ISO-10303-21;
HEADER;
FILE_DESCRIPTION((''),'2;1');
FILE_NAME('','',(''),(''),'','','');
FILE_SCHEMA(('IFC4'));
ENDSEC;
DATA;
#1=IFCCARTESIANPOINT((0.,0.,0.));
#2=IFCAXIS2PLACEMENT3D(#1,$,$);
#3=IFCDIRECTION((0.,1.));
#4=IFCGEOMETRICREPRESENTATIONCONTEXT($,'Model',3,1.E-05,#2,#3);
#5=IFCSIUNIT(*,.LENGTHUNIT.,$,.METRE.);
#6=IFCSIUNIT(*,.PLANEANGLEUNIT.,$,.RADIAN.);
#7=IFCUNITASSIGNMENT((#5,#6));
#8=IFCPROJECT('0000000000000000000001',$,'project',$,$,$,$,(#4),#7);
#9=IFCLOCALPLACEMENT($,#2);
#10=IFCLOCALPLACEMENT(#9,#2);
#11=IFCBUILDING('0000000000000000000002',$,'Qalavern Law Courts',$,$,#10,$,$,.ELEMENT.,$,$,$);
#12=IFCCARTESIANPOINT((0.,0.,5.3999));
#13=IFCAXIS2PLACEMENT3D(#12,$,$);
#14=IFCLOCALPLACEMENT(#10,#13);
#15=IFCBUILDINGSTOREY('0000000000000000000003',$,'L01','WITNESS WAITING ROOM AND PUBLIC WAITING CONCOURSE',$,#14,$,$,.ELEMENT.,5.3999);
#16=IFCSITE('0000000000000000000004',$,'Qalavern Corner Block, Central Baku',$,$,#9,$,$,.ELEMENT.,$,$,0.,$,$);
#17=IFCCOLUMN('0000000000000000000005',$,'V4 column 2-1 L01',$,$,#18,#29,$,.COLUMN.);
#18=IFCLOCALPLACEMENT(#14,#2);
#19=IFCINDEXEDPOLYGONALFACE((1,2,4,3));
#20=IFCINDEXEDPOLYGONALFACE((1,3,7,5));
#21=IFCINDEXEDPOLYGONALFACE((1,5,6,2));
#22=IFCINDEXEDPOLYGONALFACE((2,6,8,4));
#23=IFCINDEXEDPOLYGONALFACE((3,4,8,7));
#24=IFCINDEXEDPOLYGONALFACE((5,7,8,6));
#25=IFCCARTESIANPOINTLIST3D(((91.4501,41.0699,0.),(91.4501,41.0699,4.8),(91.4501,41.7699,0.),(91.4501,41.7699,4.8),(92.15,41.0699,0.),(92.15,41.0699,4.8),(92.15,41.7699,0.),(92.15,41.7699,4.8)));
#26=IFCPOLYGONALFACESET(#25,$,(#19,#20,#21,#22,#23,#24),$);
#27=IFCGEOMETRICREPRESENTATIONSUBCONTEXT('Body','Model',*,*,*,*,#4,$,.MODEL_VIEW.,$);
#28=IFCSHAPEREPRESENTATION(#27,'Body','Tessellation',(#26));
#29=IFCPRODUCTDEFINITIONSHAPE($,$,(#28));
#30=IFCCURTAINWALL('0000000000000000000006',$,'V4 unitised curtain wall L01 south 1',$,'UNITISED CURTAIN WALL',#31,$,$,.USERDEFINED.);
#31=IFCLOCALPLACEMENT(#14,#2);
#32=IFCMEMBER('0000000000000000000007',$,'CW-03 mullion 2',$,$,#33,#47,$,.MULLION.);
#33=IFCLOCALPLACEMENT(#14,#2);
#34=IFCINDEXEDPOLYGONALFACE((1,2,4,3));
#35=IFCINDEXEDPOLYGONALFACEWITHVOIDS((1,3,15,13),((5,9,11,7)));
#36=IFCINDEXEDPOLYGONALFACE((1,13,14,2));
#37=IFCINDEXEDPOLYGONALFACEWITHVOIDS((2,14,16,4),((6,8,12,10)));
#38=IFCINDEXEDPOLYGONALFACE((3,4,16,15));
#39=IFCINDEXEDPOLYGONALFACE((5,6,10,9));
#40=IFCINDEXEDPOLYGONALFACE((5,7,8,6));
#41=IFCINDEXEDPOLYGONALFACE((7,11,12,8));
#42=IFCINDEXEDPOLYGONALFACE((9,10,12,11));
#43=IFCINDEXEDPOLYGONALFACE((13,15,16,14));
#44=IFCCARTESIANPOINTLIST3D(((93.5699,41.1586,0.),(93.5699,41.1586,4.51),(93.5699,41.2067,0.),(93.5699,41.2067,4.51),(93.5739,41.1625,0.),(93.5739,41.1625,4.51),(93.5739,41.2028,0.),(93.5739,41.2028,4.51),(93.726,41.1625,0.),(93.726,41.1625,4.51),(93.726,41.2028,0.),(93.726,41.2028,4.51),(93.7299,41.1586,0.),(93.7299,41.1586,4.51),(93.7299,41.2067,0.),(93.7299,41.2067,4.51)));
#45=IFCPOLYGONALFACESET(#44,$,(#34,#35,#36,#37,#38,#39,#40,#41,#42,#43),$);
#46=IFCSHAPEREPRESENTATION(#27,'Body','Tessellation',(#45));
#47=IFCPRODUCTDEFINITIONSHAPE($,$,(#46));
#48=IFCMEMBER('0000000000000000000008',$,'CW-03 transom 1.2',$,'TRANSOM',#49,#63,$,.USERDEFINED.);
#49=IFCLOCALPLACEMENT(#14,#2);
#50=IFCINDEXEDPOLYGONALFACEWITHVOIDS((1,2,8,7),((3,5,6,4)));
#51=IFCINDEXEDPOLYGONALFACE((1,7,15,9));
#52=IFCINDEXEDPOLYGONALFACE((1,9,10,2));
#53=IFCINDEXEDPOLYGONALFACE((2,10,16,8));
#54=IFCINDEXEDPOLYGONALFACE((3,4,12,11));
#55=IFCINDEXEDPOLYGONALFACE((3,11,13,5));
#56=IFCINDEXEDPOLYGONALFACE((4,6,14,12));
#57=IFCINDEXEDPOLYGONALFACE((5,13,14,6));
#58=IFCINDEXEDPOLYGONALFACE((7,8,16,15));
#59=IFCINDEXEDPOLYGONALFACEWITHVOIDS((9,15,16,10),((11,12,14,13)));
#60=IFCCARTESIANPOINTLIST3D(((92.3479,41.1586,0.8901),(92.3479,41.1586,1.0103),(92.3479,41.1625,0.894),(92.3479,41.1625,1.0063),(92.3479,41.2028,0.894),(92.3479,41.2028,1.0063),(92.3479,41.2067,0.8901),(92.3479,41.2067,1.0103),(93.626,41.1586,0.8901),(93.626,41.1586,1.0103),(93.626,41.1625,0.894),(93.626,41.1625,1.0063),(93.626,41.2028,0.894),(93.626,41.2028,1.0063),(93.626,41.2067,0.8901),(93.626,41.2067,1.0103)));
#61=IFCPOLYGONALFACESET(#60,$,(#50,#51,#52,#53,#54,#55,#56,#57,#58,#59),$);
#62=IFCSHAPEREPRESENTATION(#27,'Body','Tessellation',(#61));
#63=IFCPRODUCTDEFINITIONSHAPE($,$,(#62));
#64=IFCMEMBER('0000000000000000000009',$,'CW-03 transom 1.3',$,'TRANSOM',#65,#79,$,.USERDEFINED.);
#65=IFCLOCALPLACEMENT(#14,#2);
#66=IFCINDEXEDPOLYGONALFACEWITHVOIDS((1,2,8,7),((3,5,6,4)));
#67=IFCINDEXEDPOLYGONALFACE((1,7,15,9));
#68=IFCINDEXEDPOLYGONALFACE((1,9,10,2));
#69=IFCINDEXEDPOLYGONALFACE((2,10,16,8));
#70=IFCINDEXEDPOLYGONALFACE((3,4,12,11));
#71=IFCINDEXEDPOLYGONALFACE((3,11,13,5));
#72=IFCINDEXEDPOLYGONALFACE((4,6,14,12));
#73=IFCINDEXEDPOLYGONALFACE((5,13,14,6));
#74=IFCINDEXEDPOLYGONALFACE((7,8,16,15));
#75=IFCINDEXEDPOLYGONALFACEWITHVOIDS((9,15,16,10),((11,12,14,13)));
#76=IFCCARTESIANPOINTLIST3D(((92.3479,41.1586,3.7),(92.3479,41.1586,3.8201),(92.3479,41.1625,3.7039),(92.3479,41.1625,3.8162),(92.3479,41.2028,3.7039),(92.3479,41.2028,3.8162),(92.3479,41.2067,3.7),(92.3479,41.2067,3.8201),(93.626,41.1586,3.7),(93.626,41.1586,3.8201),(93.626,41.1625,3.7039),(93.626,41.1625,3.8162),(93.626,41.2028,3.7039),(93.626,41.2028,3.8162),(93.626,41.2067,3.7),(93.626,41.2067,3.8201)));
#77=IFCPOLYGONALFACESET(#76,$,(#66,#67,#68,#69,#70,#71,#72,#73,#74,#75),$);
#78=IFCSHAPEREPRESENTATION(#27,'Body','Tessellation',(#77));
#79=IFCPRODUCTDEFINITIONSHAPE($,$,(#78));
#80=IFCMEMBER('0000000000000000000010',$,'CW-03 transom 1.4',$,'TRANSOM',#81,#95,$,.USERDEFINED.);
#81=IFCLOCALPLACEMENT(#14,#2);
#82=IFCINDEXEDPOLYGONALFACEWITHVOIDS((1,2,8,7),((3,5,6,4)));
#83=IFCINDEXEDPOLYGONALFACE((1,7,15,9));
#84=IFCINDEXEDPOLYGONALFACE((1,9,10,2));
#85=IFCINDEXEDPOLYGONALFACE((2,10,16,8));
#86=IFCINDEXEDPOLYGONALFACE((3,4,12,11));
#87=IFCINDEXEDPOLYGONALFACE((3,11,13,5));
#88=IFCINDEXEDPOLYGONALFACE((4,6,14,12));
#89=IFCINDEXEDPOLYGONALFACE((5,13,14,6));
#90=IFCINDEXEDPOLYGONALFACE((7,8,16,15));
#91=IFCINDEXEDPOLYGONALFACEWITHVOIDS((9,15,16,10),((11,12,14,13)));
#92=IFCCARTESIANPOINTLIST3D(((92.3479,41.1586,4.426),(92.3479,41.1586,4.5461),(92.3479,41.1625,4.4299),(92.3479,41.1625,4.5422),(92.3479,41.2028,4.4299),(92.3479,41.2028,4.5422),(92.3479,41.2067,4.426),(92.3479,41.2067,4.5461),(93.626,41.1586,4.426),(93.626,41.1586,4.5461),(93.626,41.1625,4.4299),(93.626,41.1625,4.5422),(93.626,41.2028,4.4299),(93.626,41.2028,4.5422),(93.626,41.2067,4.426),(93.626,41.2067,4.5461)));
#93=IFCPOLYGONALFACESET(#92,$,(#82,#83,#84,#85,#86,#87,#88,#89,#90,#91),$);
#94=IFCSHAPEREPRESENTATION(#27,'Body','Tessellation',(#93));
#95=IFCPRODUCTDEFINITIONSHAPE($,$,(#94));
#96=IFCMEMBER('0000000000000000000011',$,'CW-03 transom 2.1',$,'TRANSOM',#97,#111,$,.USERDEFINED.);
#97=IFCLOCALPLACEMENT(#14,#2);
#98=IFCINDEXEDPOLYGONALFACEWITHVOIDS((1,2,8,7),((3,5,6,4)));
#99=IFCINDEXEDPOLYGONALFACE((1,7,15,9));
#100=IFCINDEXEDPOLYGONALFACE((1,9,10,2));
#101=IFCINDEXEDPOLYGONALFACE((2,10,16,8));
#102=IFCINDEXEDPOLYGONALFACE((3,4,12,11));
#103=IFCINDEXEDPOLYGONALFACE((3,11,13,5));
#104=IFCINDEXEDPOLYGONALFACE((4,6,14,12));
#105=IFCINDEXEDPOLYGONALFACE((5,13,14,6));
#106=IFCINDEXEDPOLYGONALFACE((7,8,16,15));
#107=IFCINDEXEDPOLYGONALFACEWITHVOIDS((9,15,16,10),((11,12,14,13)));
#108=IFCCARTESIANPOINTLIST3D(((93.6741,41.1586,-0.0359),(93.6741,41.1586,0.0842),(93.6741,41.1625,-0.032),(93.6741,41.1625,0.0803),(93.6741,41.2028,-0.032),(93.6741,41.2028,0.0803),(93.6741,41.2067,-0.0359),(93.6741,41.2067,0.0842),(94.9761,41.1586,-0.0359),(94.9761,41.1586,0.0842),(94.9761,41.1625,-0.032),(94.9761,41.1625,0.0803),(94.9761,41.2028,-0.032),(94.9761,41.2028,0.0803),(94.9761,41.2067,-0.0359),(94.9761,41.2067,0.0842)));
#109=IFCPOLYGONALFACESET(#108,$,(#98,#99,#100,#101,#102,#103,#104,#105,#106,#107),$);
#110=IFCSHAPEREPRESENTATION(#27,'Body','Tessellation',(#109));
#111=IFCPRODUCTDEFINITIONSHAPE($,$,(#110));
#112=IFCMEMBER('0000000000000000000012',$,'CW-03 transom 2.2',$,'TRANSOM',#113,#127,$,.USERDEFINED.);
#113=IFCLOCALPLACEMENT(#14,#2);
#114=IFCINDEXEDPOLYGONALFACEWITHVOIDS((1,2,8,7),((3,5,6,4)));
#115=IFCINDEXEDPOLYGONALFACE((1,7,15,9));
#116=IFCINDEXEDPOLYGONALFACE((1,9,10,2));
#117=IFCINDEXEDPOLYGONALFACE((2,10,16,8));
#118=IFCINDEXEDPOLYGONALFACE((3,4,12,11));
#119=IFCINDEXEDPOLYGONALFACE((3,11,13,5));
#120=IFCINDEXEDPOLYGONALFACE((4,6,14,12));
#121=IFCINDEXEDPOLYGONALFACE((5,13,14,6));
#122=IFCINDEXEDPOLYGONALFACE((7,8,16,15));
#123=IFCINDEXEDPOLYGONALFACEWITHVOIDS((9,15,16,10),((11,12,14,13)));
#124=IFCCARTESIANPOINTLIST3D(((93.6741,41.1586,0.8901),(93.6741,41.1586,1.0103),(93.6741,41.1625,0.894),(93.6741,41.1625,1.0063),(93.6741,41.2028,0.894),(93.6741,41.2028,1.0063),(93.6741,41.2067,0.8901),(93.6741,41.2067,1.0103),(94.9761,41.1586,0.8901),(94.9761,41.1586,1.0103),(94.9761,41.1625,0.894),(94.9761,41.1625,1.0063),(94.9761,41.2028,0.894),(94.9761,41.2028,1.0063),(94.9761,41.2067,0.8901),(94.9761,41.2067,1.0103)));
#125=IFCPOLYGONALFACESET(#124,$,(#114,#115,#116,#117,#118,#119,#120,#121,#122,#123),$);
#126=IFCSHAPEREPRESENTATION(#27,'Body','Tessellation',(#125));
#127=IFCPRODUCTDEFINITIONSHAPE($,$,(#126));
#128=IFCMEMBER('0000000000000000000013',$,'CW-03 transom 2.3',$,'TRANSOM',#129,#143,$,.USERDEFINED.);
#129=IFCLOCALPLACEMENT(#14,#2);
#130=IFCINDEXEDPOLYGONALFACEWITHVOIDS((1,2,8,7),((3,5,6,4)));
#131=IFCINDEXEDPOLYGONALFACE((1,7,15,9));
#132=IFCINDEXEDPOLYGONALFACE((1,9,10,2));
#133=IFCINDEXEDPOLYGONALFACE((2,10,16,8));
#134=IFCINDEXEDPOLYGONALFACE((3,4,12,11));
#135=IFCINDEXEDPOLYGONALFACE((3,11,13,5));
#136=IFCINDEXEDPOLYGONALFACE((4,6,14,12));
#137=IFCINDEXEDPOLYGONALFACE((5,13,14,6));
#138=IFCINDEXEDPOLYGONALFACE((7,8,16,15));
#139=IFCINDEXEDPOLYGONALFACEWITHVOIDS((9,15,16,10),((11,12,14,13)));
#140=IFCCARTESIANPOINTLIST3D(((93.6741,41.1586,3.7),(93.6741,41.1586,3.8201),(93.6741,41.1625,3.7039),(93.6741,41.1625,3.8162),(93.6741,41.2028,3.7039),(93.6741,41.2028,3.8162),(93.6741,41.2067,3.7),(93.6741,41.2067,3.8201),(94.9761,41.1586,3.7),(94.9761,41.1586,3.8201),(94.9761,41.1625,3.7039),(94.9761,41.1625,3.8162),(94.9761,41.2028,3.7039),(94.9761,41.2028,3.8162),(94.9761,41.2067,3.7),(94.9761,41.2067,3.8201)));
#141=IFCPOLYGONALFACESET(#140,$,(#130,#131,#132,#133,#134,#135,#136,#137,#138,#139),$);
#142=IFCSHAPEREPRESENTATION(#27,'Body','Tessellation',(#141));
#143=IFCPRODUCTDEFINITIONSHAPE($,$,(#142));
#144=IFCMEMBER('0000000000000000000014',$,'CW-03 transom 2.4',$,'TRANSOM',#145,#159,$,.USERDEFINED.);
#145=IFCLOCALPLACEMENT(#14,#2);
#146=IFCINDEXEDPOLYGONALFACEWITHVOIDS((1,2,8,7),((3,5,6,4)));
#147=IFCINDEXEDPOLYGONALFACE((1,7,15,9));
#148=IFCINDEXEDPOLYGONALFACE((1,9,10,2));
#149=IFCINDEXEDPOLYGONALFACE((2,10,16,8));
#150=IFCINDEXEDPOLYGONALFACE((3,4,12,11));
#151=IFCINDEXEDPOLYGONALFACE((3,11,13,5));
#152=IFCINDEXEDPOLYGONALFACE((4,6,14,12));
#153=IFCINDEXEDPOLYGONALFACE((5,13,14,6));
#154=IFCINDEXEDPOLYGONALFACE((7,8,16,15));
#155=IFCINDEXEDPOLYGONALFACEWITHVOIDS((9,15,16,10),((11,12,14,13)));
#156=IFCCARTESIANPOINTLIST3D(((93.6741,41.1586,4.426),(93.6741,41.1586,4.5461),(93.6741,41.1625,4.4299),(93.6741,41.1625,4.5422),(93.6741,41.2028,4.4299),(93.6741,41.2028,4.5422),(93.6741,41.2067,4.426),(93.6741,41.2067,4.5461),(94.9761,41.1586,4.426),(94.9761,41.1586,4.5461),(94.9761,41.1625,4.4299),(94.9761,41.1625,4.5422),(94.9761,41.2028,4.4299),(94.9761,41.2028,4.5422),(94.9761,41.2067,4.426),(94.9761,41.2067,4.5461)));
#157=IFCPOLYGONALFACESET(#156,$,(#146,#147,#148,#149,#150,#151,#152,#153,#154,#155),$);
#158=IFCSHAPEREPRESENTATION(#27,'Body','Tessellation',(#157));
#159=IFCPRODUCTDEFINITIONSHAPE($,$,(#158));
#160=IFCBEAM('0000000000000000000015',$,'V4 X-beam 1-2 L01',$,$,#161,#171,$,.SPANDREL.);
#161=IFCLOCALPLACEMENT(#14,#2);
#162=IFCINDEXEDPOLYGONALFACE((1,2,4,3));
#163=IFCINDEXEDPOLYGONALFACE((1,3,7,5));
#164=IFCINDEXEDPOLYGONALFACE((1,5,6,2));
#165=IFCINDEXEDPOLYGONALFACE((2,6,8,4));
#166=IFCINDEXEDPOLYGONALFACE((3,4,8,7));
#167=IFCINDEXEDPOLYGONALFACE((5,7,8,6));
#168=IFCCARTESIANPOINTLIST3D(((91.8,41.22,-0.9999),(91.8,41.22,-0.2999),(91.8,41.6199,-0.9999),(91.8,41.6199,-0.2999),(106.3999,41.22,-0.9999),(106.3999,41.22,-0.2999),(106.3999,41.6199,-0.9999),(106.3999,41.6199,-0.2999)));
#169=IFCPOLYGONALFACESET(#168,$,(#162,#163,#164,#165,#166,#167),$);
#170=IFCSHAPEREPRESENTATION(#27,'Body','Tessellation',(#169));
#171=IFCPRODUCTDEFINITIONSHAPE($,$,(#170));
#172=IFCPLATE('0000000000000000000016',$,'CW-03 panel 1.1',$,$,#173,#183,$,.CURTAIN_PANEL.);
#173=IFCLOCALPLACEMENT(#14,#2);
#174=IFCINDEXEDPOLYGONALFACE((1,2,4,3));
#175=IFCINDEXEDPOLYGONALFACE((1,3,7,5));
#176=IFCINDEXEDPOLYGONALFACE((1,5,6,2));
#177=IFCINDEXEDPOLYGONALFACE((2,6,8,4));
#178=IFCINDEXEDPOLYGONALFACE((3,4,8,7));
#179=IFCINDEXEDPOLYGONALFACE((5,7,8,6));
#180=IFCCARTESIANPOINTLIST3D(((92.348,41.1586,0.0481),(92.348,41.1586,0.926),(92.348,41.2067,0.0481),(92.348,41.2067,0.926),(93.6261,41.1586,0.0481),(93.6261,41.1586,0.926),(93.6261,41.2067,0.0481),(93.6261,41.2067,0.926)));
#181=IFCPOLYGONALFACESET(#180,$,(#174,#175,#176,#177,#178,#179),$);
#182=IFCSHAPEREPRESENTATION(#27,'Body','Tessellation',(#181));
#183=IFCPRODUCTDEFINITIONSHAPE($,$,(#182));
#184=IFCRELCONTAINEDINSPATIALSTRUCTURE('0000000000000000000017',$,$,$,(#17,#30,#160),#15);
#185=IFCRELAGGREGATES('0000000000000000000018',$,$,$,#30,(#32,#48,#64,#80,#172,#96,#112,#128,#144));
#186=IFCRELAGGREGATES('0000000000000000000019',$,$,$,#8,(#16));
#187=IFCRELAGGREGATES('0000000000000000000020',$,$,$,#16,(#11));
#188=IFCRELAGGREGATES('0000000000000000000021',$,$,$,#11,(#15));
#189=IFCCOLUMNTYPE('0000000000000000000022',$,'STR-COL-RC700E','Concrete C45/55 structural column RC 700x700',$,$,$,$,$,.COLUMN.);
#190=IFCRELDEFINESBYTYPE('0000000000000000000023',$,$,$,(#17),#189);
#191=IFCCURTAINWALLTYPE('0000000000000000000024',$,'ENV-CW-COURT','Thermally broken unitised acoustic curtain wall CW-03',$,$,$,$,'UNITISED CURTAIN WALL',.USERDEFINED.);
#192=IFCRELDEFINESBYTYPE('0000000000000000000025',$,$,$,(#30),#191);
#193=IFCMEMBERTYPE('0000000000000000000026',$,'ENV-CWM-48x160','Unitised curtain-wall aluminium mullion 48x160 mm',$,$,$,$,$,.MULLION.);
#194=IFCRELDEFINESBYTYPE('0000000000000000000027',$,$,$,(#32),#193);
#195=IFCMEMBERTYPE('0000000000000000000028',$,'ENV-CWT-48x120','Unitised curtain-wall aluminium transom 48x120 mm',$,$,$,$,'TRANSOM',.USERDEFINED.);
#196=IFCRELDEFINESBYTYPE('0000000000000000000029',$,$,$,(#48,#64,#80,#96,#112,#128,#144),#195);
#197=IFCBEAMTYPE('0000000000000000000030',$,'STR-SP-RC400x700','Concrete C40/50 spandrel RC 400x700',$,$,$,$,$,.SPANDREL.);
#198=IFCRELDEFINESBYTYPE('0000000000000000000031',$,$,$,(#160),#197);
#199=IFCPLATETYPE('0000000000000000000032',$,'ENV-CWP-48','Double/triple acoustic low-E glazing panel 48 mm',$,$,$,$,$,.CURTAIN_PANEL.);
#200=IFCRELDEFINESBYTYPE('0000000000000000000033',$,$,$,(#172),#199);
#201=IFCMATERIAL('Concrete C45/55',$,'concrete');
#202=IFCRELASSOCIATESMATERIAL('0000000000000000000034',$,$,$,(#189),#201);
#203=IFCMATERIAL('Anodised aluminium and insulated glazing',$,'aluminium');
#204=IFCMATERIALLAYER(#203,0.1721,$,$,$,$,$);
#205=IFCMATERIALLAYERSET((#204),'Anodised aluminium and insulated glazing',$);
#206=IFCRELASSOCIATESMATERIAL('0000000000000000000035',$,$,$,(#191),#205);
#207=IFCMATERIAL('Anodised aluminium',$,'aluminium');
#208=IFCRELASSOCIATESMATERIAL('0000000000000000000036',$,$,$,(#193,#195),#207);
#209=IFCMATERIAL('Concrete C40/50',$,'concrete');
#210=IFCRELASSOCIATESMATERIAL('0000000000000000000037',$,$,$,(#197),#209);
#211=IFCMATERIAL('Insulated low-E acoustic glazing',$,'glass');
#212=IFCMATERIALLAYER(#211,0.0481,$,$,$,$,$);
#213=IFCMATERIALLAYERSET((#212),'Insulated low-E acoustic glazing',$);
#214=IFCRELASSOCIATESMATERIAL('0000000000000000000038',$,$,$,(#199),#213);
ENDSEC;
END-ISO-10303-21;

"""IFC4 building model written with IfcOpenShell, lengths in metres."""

from ifc_helpers import new_model, si_unit, direction, frame, origin, origin_2d, place, context, subcontext, project, spatial, rectangle, hollow_rectangle, extrude, material, layer, layer_set, material_profile, profile_set, type_object, element, aggregate, save


model = new_model("IFC4")

# Units and contexts
model_context = context("Model", 3, precision=1e-05, world=origin(), true_north=direction((0.0, 1.0)))
body_context = subcontext(model_context, "Body", "Model", "MODEL_VIEW")
ifc_project = project(units=[si_unit("LENGTHUNIT", "METRE"), si_unit("PLANEANGLEUNIT", "RADIAN")], contexts=[model_context])

# Site, building, storey
site_placement = place(None, origin())
site = spatial("IfcSite", under=ifc_project, at=site_placement, Name="Qalavern Corner Block, Central Baku", CompositionType="ELEMENT", RefElevation=0.0)
building_placement = place(site_placement, origin())
building = spatial("IfcBuilding", under=site, at=building_placement, Name="Qalavern Law Courts", CompositionType="ELEMENT")
storey_placement = place(building_placement, frame((0.0, 0.0, 5.3999)))
storey = spatial("IfcBuildingStorey", under=building, at=storey_placement, Name="L01", Description="WITNESS WAITING ROOM AND PUBLIC WAITING CONCOURSE", CompositionType="ELEMENT", Elevation=5.3999)

# Column
ifc_material_1 = material(Name="Concrete C45/55", Category="concrete")
ifc_material_profile_1 = material_profile(ifc_material_1, rectangle(XDim=0.7, YDim=0.7, at=origin_2d()), Name="RC 700x700")
ifc_profile_set_1 = profile_set([ifc_material_profile_1], Name="Concrete C45/55")
column_type = type_object("IfcColumnType", Name="STR-COL-RC700E", Description="Concrete C45/55 structural column RC 700x700", PredefinedType="COLUMN", material=ifc_profile_set_1)
column_placement = place(storey_placement, frame((91.8, 41.4199, 0.0), z_axis=(0.0, 0.0, 1.0), x_axis=(1.0, 0.0, 0.0)))
element("IfcColumn", 1, at=column_placement, inside=storey, type_object=column_type, Name="V4 column 2-1 L01", PredefinedType="COLUMN", context=body_context, shape_type="SweptSolid", body=[
    extrude(rectangle(XDim=0.7, YDim=0.7, at=origin_2d()), origin(), (0.0, 0.0, 1.0), 4.8),
])

# Curtain wall, members
ifc_material_2 = material(Name="Anodised aluminium and insulated glazing", Category="aluminium")
ifc_layer_1 = layer(ifc_material_2, 0.1721)
ifc_layer_set_1 = layer_set([ifc_layer_1], Name="Anodised aluminium and insulated glazing")
curtain_wall_type = type_object("IfcCurtainWallType", Name="ENV-CW-COURT", Description="Thermally broken unitised acoustic curtain wall CW-03", ElementType="UNITISED CURTAIN WALL", PredefinedType="USERDEFINED", material=ifc_layer_set_1)
curtain_wall_placement = place(storey_placement, origin())
curtain_wall = element("IfcCurtainWall", 2, at=curtain_wall_placement, inside=storey, type_object=curtain_wall_type, Name="V4 unitised curtain wall L01 south 1", ObjectType="UNITISED CURTAIN WALL", PredefinedType="USERDEFINED")
ifc_material_3 = material(Name="Anodised aluminium", Category="aluminium")
ifc_material_profile_2 = material_profile(ifc_material_3, hollow_rectangle(XDim=0.0481, YDim=0.1599, WallThickness=0.0039, at=origin_2d()), Name="ALU MULLION 48x160")
ifc_profile_set_2 = profile_set([ifc_material_profile_2], Name="Anodised aluminium")
member_type_1 = type_object("IfcMemberType", Name="ENV-CWM-48x160", Description="Unitised curtain-wall aluminium mullion 48x160 mm", PredefinedType="MULLION", material=ifc_profile_set_2)
member_1_placement = place(storey_placement, frame((93.6499, 41.1826, 0.0), z_axis=(0.0, 0.0, 1.0), x_axis=(0.0, 1.0, 0.0)))
member_1 = element("IfcMember", 3, at=member_1_placement, type_object=member_type_1, Name="CW-03 mullion 2", PredefinedType="MULLION", context=body_context, shape_type="SweptSolid", body=[
    extrude(hollow_rectangle(XDim=0.0481, YDim=0.1599, WallThickness=0.0039, at=origin_2d()), origin(), (0.0, 0.0, 1.0), 4.51),
])
ifc_material_profile_3 = material_profile(ifc_material_3, hollow_rectangle(XDim=0.0481, YDim=0.1201, WallThickness=0.0039, at=origin_2d()), Name="ALU TRANSOM 48x120")
ifc_profile_set_3 = profile_set([ifc_material_profile_3], Name="Anodised aluminium")
member_type_2 = type_object("IfcMemberType", Name="ENV-CWT-48x120", Description="Unitised curtain-wall aluminium transom 48x120 mm", ElementType="TRANSOM", PredefinedType="USERDEFINED", material=ifc_profile_set_3)
member_2_placement = place(storey_placement, frame((92.3479, 41.1826, 0.9502), z_axis=(1.0, 0.0, 0.0), x_axis=(0.0, 1.0, 0.0)))
member_2 = element("IfcMember", 4, at=member_2_placement, type_object=member_type_2, Name="CW-03 transom 1.2", ObjectType="TRANSOM", PredefinedType="USERDEFINED", context=body_context, shape_type="SweptSolid", body=[
    extrude(hollow_rectangle(XDim=0.0481, YDim=0.1201, WallThickness=0.0039, at=origin_2d()), origin(), (0.0, 0.0, 1.0), 1.2781),
])
member_3_placement = place(storey_placement, frame((92.3479, 41.1826, 3.76), z_axis=(1.0, 0.0, 0.0), x_axis=(0.0, 1.0, 0.0)))
member_3 = element("IfcMember", 5, at=member_3_placement, type_object=member_type_2, Name="CW-03 transom 1.3", ObjectType="TRANSOM", PredefinedType="USERDEFINED", context=body_context, shape_type="SweptSolid", body=[
    extrude(hollow_rectangle(XDim=0.0481, YDim=0.1201, WallThickness=0.0039, at=origin_2d()), origin(), (0.0, 0.0, 1.0), 1.2781),
])
member_4_placement = place(storey_placement, frame((92.3479, 41.1826, 4.4861), z_axis=(1.0, 0.0, 0.0), x_axis=(0.0, 1.0, 0.0)))
member_4 = element("IfcMember", 6, at=member_4_placement, type_object=member_type_2, Name="CW-03 transom 1.4", ObjectType="TRANSOM", PredefinedType="USERDEFINED", context=body_context, shape_type="SweptSolid", body=[
    extrude(hollow_rectangle(XDim=0.0481, YDim=0.1201, WallThickness=0.0039, at=origin_2d()), origin(), (0.0, 0.0, 1.0), 1.2781),
])
member_5_placement = place(storey_placement, frame((93.6741, 41.1826, 0.0242), z_axis=(1.0, 0.0, 0.0), x_axis=(0.0, 1.0, 0.0)))
member_5 = element("IfcMember", 7, at=member_5_placement, type_object=member_type_2, Name="CW-03 transom 2.1", ObjectType="TRANSOM", PredefinedType="USERDEFINED", context=body_context, shape_type="SweptSolid", body=[
    extrude(hollow_rectangle(XDim=0.0481, YDim=0.1201, WallThickness=0.0039, at=origin_2d()), origin(), (0.0, 0.0, 1.0), 1.302),
])
member_6_placement = place(storey_placement, frame((93.6741, 41.1826, 0.9502), z_axis=(1.0, 0.0, 0.0), x_axis=(0.0, 1.0, 0.0)))
member_6 = element("IfcMember", 8, at=member_6_placement, type_object=member_type_2, Name="CW-03 transom 2.2", ObjectType="TRANSOM", PredefinedType="USERDEFINED", context=body_context, shape_type="SweptSolid", body=[
    extrude(hollow_rectangle(XDim=0.0481, YDim=0.1201, WallThickness=0.0039, at=origin_2d()), origin(), (0.0, 0.0, 1.0), 1.302),
])
member_7_placement = place(storey_placement, frame((93.6741, 41.1826, 3.76), z_axis=(1.0, 0.0, 0.0), x_axis=(0.0, 1.0, 0.0)))
member_7 = element("IfcMember", 9, at=member_7_placement, type_object=member_type_2, Name="CW-03 transom 2.3", ObjectType="TRANSOM", PredefinedType="USERDEFINED", context=body_context, shape_type="SweptSolid", body=[
    extrude(hollow_rectangle(XDim=0.0481, YDim=0.1201, WallThickness=0.0039, at=origin_2d()), origin(), (0.0, 0.0, 1.0), 1.302),
])
member_8_placement = place(storey_placement, frame((93.6741, 41.1826, 4.4861), z_axis=(1.0, 0.0, 0.0), x_axis=(0.0, 1.0, 0.0)))
member_8 = element("IfcMember", 10, at=member_8_placement, type_object=member_type_2, Name="CW-03 transom 2.4", ObjectType="TRANSOM", PredefinedType="USERDEFINED", context=body_context, shape_type="SweptSolid", body=[
    extrude(hollow_rectangle(XDim=0.0481, YDim=0.1201, WallThickness=0.0039, at=origin_2d()), origin(), (0.0, 0.0, 1.0), 1.302),
])

# Beam
ifc_material_4 = material(Name="Concrete C40/50", Category="concrete")
ifc_material_profile_4 = material_profile(ifc_material_4, rectangle(XDim=0.3999, YDim=0.7, at=origin_2d()), Name="RC 400x700")
ifc_profile_set_4 = profile_set([ifc_material_profile_4], Name="Concrete C40/50")
beam_type = type_object("IfcBeamType", Name="STR-SP-RC400x700", Description="Concrete C40/50 spandrel RC 400x700", PredefinedType="SPANDREL", material=ifc_profile_set_4)
beam_placement = place(storey_placement, frame((91.8, 41.4199, -0.6499), z_axis=(1.0, 0.0, 0.0), x_axis=(0.0, 1.0, 0.0)))
element("IfcBeam", 11, at=beam_placement, inside=storey, type_object=beam_type, Name="V4 X-beam 1-2 L01", PredefinedType="SPANDREL", context=body_context, shape_type="SweptSolid", body=[
    extrude(rectangle(XDim=0.3999, YDim=0.7, at=origin_2d()), origin(), (0.0, 0.0, 1.0), 14.5999),
])

# Plate
ifc_material_5 = material(Name="Insulated low-E acoustic glazing", Category="glass")
ifc_layer_2 = layer(ifc_material_5, 0.0481)
ifc_layer_set_2 = layer_set([ifc_layer_2], Name="Insulated low-E acoustic glazing")
plate_type = type_object("IfcPlateType", Name="ENV-CWP-48", Description="Double/triple acoustic low-E glazing panel 48 mm", PredefinedType="CURTAIN_PANEL", material=ifc_layer_set_2)
plate_1_placement = place(storey_placement, frame((92.9871, 41.1826, 0.0481), z_axis=(0.0, 0.0, 1.0), x_axis=(1.0, 0.0, 0.0)))
plate_1 = element("IfcPlate", 12, at=plate_1_placement, type_object=plate_type, Name="CW-03 panel 1.1", PredefinedType="CURTAIN_PANEL", context=body_context, shape_type="SweptSolid", body=[
    extrude(rectangle(XDim=1.2781, YDim=0.0481, at=origin_2d()), origin(), (0.0, 0.0, 1.0), 0.8779),
])
aggregate(curtain_wall, [member_1, member_2, member_3, member_4, plate_1, member_5, member_6, member_7, member_8])

save(model, "model.ifc")
